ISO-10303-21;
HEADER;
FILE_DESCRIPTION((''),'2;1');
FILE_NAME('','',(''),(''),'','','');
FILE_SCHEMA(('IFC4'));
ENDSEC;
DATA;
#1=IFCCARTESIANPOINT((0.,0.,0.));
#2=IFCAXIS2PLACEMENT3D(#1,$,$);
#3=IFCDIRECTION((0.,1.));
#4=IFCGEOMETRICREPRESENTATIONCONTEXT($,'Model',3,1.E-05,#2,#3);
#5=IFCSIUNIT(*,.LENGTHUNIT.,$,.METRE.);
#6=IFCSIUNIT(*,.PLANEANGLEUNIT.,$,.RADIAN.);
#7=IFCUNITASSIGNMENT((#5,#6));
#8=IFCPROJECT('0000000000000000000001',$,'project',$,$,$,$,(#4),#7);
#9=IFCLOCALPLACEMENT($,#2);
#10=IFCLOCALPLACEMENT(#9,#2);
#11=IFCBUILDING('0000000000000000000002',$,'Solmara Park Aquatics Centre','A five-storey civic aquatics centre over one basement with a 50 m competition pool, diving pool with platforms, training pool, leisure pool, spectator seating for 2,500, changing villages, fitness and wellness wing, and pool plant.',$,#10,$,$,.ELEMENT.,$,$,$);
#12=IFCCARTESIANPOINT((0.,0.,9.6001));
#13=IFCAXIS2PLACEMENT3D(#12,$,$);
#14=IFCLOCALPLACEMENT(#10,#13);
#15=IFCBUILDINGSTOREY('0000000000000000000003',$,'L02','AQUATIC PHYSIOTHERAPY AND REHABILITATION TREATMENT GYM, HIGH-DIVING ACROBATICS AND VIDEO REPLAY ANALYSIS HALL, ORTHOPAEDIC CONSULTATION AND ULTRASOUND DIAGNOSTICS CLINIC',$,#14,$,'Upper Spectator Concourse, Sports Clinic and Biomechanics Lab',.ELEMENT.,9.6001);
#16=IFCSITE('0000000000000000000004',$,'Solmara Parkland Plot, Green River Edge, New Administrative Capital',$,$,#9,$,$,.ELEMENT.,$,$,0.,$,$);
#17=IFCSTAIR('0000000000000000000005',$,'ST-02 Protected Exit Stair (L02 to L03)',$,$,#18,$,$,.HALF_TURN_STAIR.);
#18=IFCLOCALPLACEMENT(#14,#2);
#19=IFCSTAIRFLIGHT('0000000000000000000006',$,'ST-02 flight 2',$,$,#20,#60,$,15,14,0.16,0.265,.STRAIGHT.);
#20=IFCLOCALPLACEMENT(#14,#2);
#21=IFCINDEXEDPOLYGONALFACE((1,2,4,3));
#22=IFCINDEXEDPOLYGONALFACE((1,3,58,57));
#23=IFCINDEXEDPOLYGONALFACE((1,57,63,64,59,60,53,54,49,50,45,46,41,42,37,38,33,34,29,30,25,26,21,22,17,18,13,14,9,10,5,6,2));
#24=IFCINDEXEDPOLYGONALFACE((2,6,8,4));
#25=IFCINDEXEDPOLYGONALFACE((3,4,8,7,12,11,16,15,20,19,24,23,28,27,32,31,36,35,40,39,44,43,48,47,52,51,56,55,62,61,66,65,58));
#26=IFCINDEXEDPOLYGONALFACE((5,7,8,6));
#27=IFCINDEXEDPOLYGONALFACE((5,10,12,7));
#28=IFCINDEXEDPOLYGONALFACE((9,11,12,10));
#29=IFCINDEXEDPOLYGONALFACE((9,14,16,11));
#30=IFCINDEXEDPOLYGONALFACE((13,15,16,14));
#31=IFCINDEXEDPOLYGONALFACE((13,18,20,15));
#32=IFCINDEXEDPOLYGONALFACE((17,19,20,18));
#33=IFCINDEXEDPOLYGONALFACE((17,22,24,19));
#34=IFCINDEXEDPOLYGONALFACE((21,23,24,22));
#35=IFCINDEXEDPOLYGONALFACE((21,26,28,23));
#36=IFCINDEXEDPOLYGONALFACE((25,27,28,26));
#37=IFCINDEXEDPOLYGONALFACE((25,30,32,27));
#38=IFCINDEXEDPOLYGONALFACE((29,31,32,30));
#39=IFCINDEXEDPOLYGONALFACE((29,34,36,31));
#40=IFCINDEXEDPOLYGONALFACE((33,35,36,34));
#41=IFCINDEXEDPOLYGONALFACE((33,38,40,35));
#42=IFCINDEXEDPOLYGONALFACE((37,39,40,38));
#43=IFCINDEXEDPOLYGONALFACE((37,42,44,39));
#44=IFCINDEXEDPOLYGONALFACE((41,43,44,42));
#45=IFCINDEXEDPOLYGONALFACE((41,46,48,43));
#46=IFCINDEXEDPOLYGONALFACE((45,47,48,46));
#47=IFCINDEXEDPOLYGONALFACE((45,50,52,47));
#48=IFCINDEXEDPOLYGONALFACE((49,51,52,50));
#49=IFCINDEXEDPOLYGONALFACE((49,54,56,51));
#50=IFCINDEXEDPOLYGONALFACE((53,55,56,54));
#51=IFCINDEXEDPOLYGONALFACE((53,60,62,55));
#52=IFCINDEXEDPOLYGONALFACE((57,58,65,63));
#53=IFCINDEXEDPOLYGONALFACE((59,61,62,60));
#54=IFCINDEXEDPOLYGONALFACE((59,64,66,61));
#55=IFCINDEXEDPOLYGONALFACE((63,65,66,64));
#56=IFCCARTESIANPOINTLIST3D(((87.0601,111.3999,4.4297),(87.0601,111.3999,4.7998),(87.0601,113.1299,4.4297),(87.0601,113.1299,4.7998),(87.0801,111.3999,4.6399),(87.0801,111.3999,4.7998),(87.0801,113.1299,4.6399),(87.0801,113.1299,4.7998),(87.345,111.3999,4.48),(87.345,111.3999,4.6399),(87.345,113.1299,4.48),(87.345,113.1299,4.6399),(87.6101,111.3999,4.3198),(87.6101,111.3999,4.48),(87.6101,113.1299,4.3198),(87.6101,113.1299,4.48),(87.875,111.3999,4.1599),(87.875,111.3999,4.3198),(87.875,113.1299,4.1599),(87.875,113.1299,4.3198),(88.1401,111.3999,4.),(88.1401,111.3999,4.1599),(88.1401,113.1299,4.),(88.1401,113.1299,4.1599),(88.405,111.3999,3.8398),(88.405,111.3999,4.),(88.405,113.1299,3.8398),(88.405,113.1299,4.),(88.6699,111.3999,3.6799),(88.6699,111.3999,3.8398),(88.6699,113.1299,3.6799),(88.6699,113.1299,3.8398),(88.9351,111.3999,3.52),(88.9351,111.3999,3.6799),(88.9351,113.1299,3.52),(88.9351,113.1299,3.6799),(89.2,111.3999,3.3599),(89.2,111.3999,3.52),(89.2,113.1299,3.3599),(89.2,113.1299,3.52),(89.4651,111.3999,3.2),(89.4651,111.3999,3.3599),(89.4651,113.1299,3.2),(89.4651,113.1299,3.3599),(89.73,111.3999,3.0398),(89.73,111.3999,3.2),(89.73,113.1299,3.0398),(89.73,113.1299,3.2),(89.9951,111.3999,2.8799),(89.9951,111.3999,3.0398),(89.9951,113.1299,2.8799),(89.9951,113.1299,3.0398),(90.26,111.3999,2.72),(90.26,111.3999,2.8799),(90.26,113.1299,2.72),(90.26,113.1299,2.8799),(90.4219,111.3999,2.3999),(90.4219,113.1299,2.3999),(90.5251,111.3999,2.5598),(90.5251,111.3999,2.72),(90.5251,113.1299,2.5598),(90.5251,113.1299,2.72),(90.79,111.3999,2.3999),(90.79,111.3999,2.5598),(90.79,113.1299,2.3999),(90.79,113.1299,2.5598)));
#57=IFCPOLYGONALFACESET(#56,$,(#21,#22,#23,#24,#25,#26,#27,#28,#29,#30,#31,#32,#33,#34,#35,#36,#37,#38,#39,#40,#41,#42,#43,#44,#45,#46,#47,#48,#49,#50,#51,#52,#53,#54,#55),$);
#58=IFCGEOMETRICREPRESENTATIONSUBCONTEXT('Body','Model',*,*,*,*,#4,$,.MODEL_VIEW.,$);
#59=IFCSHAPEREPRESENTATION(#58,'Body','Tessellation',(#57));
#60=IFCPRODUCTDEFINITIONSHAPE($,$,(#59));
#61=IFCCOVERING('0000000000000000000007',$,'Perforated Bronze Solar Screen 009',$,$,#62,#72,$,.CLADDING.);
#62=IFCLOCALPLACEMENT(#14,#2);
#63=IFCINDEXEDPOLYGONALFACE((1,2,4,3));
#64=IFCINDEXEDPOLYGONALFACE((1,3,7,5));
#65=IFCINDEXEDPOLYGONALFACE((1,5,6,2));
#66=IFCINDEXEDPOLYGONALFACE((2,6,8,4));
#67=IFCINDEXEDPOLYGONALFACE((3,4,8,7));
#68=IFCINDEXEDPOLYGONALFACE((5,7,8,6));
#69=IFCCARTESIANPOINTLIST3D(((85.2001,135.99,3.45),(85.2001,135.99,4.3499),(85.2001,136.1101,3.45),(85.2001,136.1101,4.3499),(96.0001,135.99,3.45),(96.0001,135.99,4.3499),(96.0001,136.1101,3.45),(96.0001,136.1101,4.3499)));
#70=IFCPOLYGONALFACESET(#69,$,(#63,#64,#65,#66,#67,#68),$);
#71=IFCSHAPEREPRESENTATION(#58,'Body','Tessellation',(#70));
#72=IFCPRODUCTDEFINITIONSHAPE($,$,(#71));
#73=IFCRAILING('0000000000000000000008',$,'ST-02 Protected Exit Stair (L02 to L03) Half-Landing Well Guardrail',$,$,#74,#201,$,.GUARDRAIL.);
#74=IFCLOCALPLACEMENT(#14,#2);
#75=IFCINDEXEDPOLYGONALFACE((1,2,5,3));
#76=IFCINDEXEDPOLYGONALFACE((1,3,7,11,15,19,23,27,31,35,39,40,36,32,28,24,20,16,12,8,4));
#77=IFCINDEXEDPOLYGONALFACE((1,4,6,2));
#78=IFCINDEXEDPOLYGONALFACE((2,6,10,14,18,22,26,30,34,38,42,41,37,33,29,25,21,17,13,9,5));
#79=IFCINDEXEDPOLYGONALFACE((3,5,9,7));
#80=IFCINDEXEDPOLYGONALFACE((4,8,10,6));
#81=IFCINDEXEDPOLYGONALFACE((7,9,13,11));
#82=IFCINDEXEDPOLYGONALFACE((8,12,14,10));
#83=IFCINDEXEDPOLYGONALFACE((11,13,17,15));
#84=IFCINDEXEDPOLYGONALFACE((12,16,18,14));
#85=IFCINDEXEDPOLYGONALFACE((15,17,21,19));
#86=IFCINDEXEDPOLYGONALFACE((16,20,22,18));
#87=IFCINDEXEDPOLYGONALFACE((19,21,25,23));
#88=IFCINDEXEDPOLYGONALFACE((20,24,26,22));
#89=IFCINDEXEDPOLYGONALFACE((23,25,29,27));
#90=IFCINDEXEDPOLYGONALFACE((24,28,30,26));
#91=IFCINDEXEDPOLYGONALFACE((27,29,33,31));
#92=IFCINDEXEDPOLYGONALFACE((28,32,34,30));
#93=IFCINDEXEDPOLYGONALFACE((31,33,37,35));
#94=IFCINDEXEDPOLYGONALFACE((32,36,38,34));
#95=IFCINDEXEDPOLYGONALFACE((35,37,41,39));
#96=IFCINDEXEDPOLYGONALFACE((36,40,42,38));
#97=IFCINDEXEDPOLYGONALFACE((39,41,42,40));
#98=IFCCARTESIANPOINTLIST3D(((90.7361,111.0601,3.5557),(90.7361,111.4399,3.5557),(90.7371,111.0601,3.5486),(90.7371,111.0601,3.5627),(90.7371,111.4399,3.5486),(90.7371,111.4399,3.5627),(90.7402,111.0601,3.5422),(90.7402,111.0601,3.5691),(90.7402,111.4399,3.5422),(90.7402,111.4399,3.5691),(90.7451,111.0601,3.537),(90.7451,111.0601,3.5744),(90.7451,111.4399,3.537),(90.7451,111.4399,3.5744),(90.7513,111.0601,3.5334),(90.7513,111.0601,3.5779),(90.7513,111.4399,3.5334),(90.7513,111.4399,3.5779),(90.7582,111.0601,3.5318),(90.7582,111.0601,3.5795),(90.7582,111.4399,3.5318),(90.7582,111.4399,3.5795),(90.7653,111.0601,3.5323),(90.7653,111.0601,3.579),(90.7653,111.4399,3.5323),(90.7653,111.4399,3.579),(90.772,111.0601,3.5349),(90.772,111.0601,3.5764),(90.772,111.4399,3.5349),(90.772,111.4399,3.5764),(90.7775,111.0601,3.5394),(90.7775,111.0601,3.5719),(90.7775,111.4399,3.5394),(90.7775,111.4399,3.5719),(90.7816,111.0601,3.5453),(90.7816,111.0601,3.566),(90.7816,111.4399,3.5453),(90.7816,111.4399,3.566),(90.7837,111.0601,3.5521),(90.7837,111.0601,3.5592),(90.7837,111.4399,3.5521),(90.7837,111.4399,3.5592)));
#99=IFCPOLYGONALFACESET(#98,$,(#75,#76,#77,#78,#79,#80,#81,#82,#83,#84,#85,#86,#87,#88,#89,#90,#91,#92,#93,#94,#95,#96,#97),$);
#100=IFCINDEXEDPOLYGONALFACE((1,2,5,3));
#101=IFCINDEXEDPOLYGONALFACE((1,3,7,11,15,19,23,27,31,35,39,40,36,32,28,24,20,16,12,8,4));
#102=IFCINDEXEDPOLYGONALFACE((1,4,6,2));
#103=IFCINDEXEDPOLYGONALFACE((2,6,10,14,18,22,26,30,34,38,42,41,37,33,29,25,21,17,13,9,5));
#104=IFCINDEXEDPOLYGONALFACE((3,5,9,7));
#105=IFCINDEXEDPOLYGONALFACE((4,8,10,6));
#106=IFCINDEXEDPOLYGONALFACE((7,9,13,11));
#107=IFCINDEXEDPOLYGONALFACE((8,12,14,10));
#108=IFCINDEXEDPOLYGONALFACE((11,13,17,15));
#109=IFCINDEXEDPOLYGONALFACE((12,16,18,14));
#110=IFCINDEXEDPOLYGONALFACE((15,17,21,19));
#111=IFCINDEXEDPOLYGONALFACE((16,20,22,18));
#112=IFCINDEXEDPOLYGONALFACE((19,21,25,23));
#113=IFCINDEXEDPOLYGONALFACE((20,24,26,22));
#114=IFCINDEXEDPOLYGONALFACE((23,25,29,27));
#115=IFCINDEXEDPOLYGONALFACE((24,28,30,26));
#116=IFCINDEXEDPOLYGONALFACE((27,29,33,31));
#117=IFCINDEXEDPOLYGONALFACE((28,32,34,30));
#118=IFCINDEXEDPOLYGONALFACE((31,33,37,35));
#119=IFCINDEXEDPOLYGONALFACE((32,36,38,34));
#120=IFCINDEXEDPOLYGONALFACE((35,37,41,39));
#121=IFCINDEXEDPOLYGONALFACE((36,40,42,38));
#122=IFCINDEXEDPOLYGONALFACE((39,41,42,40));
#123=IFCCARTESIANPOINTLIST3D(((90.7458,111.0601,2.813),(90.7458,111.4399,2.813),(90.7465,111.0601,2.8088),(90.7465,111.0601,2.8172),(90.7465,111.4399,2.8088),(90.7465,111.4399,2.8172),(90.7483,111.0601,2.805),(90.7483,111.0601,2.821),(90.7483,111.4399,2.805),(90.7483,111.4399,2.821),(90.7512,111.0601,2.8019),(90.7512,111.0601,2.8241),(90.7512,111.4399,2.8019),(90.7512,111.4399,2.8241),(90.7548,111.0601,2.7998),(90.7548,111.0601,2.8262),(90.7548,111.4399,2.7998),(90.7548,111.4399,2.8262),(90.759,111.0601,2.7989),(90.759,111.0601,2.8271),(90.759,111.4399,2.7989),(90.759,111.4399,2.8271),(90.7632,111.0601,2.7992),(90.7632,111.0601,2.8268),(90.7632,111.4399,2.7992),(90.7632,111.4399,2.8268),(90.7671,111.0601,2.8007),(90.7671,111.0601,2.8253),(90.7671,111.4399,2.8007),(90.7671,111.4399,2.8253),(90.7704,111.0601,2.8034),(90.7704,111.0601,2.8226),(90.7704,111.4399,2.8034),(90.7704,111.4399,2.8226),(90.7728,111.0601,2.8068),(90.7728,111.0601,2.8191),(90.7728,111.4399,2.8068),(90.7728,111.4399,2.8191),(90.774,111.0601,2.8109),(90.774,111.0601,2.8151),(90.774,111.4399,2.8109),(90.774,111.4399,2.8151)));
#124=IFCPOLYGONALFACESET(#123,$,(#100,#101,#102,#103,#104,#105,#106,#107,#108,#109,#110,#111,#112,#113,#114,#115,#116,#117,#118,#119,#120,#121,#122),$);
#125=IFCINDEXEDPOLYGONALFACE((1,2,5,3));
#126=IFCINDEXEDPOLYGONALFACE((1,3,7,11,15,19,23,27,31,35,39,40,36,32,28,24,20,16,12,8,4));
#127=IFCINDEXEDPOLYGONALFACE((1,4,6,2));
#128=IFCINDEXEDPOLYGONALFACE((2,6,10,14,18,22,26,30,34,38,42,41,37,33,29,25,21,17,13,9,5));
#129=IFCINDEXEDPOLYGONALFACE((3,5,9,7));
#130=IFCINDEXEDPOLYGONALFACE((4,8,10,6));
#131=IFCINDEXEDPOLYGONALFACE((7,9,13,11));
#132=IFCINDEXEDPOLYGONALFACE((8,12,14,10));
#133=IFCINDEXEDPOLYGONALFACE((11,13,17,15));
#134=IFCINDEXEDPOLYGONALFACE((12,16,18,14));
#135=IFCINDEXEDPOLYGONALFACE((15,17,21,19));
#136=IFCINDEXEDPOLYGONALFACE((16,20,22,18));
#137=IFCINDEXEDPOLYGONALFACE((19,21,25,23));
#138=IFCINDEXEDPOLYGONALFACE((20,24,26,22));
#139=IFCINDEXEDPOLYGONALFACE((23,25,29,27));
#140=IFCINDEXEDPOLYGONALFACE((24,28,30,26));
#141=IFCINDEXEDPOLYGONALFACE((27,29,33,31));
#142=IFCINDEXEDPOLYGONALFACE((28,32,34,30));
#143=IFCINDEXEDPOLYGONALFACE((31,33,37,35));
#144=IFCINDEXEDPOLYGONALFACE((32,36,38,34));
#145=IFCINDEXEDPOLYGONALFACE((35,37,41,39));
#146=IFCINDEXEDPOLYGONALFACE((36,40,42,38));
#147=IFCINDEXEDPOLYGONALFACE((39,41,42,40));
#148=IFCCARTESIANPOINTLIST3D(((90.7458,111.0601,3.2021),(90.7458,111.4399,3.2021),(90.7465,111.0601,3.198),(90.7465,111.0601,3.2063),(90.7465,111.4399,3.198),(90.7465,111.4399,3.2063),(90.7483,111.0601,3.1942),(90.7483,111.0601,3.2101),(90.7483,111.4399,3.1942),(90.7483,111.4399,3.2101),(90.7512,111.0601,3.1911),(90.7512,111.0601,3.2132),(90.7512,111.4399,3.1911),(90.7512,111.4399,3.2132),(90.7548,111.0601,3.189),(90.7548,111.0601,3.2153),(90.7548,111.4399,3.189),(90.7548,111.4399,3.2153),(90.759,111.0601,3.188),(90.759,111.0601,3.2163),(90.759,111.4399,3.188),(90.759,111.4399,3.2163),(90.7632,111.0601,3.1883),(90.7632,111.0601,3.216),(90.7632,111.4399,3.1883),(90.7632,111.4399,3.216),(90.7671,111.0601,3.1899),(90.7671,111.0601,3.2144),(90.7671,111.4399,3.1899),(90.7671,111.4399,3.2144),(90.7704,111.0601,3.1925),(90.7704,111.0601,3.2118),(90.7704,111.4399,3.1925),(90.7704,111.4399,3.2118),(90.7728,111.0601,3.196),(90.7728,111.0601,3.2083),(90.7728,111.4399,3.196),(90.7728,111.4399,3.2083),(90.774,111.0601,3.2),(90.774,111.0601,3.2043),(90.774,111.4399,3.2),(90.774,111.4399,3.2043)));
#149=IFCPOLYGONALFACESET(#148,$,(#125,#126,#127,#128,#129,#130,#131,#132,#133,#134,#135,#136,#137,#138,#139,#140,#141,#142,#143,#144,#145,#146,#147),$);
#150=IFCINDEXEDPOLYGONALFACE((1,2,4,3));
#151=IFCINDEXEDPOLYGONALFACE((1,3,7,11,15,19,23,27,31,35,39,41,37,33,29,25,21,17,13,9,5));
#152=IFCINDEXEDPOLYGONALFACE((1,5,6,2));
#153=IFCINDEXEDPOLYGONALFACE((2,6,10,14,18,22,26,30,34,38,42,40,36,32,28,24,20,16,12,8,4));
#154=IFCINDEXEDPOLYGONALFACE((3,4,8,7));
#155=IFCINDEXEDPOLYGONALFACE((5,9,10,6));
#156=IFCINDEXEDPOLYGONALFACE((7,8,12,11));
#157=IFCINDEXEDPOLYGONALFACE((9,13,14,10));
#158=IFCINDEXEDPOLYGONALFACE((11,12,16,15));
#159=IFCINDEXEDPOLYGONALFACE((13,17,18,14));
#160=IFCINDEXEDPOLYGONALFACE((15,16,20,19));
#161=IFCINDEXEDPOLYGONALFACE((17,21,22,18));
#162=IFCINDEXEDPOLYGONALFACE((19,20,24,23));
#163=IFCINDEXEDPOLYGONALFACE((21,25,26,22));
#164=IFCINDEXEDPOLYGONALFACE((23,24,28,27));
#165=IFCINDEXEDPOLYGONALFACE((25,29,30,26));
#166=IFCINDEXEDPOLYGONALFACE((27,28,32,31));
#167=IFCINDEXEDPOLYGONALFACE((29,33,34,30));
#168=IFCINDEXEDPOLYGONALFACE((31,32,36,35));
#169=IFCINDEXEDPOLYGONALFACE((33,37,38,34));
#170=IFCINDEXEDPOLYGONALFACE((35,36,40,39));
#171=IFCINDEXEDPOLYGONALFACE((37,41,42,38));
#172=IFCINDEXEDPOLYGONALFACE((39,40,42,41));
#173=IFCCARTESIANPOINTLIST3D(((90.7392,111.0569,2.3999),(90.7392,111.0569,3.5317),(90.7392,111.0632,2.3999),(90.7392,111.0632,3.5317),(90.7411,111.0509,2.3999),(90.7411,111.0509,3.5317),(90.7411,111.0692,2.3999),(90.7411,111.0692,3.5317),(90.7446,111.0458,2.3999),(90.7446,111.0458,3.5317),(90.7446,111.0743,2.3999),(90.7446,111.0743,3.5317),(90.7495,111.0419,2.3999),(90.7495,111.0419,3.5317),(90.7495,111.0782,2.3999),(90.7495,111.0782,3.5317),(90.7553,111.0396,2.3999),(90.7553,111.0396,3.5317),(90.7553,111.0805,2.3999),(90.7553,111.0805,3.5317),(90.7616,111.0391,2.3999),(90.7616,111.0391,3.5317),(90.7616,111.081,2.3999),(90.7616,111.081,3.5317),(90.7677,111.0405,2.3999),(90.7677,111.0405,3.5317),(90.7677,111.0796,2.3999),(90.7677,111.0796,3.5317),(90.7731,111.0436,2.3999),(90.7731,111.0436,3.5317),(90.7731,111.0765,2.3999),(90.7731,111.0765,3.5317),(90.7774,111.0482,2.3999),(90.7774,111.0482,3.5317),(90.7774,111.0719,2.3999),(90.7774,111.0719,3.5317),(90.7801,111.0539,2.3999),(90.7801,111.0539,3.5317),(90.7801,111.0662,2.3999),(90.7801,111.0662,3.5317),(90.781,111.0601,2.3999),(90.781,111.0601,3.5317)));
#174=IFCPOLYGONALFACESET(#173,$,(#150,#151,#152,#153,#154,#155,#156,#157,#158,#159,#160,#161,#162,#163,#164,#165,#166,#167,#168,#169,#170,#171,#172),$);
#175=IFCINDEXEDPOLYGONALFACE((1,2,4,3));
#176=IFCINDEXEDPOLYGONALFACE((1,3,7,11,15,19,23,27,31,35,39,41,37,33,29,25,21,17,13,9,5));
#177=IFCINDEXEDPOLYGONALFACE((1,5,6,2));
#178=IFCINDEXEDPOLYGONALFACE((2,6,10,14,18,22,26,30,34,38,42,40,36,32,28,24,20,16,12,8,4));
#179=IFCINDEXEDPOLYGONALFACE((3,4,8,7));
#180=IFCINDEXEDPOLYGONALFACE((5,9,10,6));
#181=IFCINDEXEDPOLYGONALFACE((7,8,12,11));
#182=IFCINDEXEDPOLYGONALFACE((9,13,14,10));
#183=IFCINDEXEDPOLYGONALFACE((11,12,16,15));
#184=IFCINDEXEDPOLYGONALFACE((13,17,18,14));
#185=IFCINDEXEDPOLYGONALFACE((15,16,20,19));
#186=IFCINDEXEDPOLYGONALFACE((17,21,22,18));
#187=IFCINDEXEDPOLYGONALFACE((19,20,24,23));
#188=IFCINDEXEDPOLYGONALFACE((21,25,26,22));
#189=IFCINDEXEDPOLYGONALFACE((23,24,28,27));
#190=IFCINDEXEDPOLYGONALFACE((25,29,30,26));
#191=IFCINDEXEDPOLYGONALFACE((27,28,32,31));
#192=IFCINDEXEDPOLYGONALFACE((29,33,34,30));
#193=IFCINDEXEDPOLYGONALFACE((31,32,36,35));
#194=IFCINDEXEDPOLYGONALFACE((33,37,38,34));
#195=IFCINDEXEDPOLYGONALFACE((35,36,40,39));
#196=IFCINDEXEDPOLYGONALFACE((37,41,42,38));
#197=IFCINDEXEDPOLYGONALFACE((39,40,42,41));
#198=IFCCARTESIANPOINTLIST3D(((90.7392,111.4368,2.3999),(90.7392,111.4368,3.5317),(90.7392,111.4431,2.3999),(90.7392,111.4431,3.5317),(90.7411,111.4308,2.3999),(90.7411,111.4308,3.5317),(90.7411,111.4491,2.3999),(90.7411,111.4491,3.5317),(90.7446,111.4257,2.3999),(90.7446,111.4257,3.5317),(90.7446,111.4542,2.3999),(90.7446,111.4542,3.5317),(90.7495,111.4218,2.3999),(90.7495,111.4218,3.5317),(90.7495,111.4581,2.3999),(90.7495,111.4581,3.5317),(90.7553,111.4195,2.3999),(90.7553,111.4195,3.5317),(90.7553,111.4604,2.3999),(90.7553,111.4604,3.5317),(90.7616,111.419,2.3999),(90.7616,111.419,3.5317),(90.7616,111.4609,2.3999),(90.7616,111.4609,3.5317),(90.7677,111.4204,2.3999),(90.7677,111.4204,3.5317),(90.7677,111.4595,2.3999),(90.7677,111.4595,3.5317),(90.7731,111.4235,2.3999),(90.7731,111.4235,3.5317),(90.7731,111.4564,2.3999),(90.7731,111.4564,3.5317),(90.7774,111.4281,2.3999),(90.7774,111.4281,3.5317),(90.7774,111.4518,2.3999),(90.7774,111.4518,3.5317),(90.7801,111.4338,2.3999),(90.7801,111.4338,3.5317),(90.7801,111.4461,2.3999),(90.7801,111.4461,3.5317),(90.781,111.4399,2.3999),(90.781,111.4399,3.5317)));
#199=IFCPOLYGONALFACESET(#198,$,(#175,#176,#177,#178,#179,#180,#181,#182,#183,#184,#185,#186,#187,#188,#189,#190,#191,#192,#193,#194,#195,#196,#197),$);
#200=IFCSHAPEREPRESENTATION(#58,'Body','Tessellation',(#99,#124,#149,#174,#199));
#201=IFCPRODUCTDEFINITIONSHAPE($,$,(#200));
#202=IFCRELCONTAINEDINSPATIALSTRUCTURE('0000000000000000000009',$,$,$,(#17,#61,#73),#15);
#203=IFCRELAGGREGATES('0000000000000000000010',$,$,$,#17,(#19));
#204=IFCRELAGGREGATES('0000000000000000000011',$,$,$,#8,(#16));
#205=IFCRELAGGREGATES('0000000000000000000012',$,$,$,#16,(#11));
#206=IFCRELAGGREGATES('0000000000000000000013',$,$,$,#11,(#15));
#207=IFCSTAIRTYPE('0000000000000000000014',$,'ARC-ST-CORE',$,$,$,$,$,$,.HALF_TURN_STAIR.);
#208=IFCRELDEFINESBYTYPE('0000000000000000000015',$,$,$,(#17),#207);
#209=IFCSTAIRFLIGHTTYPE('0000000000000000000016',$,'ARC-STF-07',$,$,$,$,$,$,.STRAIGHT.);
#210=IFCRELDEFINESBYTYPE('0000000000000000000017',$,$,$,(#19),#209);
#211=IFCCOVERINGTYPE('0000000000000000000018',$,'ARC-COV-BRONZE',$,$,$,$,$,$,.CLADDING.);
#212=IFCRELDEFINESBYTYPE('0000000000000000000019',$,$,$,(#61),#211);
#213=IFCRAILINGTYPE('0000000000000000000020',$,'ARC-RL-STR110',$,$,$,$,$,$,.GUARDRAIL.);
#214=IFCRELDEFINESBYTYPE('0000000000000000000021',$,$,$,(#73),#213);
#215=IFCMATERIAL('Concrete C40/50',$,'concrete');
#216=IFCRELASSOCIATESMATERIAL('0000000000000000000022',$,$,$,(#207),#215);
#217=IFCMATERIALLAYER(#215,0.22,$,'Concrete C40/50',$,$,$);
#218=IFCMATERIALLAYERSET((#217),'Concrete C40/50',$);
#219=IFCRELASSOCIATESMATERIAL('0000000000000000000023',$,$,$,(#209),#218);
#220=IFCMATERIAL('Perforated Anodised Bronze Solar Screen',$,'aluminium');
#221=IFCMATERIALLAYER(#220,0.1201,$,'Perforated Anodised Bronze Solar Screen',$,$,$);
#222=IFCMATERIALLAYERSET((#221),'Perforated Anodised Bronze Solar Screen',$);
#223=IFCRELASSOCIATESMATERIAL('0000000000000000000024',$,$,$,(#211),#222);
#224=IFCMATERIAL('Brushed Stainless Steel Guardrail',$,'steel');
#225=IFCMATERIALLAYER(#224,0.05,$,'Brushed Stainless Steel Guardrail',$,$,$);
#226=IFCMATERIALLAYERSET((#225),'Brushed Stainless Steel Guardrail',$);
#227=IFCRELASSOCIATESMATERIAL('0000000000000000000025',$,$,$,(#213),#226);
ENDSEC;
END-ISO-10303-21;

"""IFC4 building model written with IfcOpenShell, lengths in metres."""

from ifc_helpers import new_model, si_unit, direction, frame, origin, origin_2d, place, context, subcontext, project, spatial, polyline, rectangle, circle, outline, extrude, material, layer, layer_set, type_object, element, aggregate, save


model = new_model("IFC4")

# Units and contexts
model_context = context("Model", 3, precision=1e-05, world=origin(), true_north=direction((0.0, 1.0)))
body_context = subcontext(model_context, "Body", "Model", "MODEL_VIEW")
ifc_project = project(units=[si_unit("LENGTHUNIT", "METRE"), si_unit("PLANEANGLEUNIT", "RADIAN")], contexts=[model_context])

# Site, building, storey
site_placement = place(None, origin())
site = spatial("IfcSite", under=ifc_project, at=site_placement, Name="Solmara Parkland Plot, Green River Edge, New Administrative Capital", CompositionType="ELEMENT", RefElevation=0.0)
building_placement = place(site_placement, origin())
building = spatial("IfcBuilding", under=site, at=building_placement, Name="Solmara Park Aquatics Centre", Description="A five-storey civic aquatics centre over one basement with a 50 m competition pool, diving pool with platforms, training pool, leisure pool, spectator seating for 2,500, changing villages, fitness and wellness wing, and pool plant.", CompositionType="ELEMENT")
storey_placement = place(building_placement, frame((0.0, 0.0, 9.6001)))
storey = spatial("IfcBuildingStorey", under=building, at=storey_placement, Name="L02", Description="AQUATIC PHYSIOTHERAPY AND REHABILITATION TREATMENT GYM, HIGH-DIVING ACROBATICS AND VIDEO REPLAY ANALYSIS HALL, ORTHOPAEDIC CONSULTATION AND ULTRASOUND DIAGNOSTICS CLINIC", LongName="Upper Spectator Concourse, Sports Clinic and Biomechanics Lab", CompositionType="ELEMENT", Elevation=9.6001)

# Stair, stair flight
ifc_material_1 = material(Name="Concrete C40/50", Category="concrete")
stair_type = type_object("IfcStairType", Name="ARC-ST-CORE", PredefinedType="HALF_TURN_STAIR", material=ifc_material_1)
stair_placement = place(storey_placement, origin())
stair = element("IfcStair", 1, at=stair_placement, inside=storey, type_object=stair_type, Name="ST-02 Protected Exit Stair (L02 to L03)", PredefinedType="HALF_TURN_STAIR")
ifc_layer_1 = layer(ifc_material_1, 0.22, Name="Concrete C40/50")
ifc_layer_set_1 = layer_set([ifc_layer_1], Name="Concrete C40/50")
stair_flight_type = type_object("IfcStairFlightType", Name="ARC-STF-07", PredefinedType="STRAIGHT", material=ifc_layer_set_1)
stair_flight_placement = place(storey_placement, frame((90.79, 112.2649, 2.3999), z_axis=(0.0, 0.0, 1.0), x_axis=(-1.0, 0.0, 0.0)))
stair_flight = element("IfcStairFlight", 2, at=stair_flight_placement, type_object=stair_flight_type, Name="ST-02 flight 2", NumberOfRisers=15, NumberOfTreads=14, PredefinedType="STRAIGHT", RiserHeight=0.16, TreadLength=0.265, context=body_context, shape_type="SweptSolid", body=[
    extrude(outline(polyline([(0.0, 0.0), (0.0, 0.1599), (0.2649, 0.1599), (0.2649, 0.3201), (0.53, 0.3201), (0.53, 0.48), (0.7949, 0.48), (0.7949, 0.6399), (1.0601, 0.6399), (1.0601, 0.8), (1.325, 0.8), (1.325, 0.96), (1.5901, 0.96), (1.5901, 1.1201), (1.855, 1.1201), (1.855, 1.28), (2.1201, 1.28), (2.1201, 1.4399), (2.385, 1.4399), (2.385, 1.6001), (2.6499, 1.6001), (2.6499, 1.76), (2.915, 1.76), (2.915, 1.9199), (3.1799, 1.9199), (3.1799, 2.0801), (3.4451, 2.0801), (3.4451, 2.24), (3.71, 2.24), (3.71, 2.3999), (3.73, 2.3999), (3.73, 2.0298), (0.3682, 0.0), (0.0, 0.0)])), frame((0.0, 0.865, 0.0), z_axis=(0.0, -1.0, 0.0), x_axis=(1.0, 0.0, 0.0)), (0.0, 0.0, 1.0), 1.73),
])
aggregate(stair, [stair_flight])

# Covering
ifc_material_2 = material(Name="Perforated Anodised Bronze Solar Screen", Category="aluminium")
ifc_layer_2 = layer(ifc_material_2, 0.1201, Name="Perforated Anodised Bronze Solar Screen")
ifc_layer_set_2 = layer_set([ifc_layer_2], Name="Perforated Anodised Bronze Solar Screen")
covering_type = type_object("IfcCoveringType", Name="ARC-COV-BRONZE", PredefinedType="CLADDING", material=ifc_layer_set_2)
covering_placement = place(storey_placement, frame((90.6001, 136.05, 3.45), z_axis=(0.0, 0.0, 1.0), x_axis=(1.0, 0.0, 0.0)))
element("IfcCovering", 3, at=covering_placement, inside=storey, type_object=covering_type, Name="Perforated Bronze Solar Screen 009", PredefinedType="CLADDING", context=body_context, shape_type="SweptSolid", body=[
    extrude(rectangle(XDim=10.8, YDim=0.1201, at=origin_2d()), origin(), (0.0, 0.0, 1.0), 0.8999),
])

# Railing
ifc_material_3 = material(Name="Brushed Stainless Steel Guardrail", Category="steel")
ifc_layer_3 = layer(ifc_material_3, 0.05, Name="Brushed Stainless Steel Guardrail")
ifc_layer_set_3 = layer_set([ifc_layer_3], Name="Brushed Stainless Steel Guardrail")
railing_type_1 = type_object("IfcRailingType", Name="ARC-RL-STR110", PredefinedType="GUARDRAIL", material=ifc_layer_set_3)
railing_1_placement = place(storey_placement, frame((90.76, 111.0601, 2.3999)))
element("IfcRailing", 4, at=railing_1_placement, inside=storey, type_object=railing_type_1, Name="ST-02 Protected Exit Stair (L02 to L03) Half-Landing Well Guardrail", PredefinedType="GUARDRAIL", context=body_context, shape_type="SweptSolid", body=[
    extrude(circle(Radius=0.0239, at=origin_2d()), frame((0.0, 0.0, 1.1558), z_axis=(0.0, 1.0, 0.0), x_axis=(-1.0, 0.0, 0.0)), (0.0, 0.0, 1.0), 0.3799),
    extrude(circle(Radius=0.0142, at=origin_2d()), frame((0.0, 0.0, 0.4131), z_axis=(0.0, 1.0, 0.0), x_axis=(-1.0, 0.0, 0.0)), (0.0, 0.0, 1.0), 0.3799),
    extrude(circle(Radius=0.0142, at=origin_2d()), frame((0.0, 0.0, 0.8022), z_axis=(0.0, 1.0, 0.0), x_axis=(-1.0, 0.0, 0.0)), (0.0, 0.0, 1.0), 0.3799),
    extrude(circle(Radius=0.021, at=origin_2d()), origin(), (0.0, 0.0, 1.0), 1.1318),
    extrude(circle(Radius=0.021, at=origin_2d()), frame((0.0, 0.3799, 0.0)), (0.0, 0.0, 1.0), 1.1318),
])

save(model, "model.ifc")
